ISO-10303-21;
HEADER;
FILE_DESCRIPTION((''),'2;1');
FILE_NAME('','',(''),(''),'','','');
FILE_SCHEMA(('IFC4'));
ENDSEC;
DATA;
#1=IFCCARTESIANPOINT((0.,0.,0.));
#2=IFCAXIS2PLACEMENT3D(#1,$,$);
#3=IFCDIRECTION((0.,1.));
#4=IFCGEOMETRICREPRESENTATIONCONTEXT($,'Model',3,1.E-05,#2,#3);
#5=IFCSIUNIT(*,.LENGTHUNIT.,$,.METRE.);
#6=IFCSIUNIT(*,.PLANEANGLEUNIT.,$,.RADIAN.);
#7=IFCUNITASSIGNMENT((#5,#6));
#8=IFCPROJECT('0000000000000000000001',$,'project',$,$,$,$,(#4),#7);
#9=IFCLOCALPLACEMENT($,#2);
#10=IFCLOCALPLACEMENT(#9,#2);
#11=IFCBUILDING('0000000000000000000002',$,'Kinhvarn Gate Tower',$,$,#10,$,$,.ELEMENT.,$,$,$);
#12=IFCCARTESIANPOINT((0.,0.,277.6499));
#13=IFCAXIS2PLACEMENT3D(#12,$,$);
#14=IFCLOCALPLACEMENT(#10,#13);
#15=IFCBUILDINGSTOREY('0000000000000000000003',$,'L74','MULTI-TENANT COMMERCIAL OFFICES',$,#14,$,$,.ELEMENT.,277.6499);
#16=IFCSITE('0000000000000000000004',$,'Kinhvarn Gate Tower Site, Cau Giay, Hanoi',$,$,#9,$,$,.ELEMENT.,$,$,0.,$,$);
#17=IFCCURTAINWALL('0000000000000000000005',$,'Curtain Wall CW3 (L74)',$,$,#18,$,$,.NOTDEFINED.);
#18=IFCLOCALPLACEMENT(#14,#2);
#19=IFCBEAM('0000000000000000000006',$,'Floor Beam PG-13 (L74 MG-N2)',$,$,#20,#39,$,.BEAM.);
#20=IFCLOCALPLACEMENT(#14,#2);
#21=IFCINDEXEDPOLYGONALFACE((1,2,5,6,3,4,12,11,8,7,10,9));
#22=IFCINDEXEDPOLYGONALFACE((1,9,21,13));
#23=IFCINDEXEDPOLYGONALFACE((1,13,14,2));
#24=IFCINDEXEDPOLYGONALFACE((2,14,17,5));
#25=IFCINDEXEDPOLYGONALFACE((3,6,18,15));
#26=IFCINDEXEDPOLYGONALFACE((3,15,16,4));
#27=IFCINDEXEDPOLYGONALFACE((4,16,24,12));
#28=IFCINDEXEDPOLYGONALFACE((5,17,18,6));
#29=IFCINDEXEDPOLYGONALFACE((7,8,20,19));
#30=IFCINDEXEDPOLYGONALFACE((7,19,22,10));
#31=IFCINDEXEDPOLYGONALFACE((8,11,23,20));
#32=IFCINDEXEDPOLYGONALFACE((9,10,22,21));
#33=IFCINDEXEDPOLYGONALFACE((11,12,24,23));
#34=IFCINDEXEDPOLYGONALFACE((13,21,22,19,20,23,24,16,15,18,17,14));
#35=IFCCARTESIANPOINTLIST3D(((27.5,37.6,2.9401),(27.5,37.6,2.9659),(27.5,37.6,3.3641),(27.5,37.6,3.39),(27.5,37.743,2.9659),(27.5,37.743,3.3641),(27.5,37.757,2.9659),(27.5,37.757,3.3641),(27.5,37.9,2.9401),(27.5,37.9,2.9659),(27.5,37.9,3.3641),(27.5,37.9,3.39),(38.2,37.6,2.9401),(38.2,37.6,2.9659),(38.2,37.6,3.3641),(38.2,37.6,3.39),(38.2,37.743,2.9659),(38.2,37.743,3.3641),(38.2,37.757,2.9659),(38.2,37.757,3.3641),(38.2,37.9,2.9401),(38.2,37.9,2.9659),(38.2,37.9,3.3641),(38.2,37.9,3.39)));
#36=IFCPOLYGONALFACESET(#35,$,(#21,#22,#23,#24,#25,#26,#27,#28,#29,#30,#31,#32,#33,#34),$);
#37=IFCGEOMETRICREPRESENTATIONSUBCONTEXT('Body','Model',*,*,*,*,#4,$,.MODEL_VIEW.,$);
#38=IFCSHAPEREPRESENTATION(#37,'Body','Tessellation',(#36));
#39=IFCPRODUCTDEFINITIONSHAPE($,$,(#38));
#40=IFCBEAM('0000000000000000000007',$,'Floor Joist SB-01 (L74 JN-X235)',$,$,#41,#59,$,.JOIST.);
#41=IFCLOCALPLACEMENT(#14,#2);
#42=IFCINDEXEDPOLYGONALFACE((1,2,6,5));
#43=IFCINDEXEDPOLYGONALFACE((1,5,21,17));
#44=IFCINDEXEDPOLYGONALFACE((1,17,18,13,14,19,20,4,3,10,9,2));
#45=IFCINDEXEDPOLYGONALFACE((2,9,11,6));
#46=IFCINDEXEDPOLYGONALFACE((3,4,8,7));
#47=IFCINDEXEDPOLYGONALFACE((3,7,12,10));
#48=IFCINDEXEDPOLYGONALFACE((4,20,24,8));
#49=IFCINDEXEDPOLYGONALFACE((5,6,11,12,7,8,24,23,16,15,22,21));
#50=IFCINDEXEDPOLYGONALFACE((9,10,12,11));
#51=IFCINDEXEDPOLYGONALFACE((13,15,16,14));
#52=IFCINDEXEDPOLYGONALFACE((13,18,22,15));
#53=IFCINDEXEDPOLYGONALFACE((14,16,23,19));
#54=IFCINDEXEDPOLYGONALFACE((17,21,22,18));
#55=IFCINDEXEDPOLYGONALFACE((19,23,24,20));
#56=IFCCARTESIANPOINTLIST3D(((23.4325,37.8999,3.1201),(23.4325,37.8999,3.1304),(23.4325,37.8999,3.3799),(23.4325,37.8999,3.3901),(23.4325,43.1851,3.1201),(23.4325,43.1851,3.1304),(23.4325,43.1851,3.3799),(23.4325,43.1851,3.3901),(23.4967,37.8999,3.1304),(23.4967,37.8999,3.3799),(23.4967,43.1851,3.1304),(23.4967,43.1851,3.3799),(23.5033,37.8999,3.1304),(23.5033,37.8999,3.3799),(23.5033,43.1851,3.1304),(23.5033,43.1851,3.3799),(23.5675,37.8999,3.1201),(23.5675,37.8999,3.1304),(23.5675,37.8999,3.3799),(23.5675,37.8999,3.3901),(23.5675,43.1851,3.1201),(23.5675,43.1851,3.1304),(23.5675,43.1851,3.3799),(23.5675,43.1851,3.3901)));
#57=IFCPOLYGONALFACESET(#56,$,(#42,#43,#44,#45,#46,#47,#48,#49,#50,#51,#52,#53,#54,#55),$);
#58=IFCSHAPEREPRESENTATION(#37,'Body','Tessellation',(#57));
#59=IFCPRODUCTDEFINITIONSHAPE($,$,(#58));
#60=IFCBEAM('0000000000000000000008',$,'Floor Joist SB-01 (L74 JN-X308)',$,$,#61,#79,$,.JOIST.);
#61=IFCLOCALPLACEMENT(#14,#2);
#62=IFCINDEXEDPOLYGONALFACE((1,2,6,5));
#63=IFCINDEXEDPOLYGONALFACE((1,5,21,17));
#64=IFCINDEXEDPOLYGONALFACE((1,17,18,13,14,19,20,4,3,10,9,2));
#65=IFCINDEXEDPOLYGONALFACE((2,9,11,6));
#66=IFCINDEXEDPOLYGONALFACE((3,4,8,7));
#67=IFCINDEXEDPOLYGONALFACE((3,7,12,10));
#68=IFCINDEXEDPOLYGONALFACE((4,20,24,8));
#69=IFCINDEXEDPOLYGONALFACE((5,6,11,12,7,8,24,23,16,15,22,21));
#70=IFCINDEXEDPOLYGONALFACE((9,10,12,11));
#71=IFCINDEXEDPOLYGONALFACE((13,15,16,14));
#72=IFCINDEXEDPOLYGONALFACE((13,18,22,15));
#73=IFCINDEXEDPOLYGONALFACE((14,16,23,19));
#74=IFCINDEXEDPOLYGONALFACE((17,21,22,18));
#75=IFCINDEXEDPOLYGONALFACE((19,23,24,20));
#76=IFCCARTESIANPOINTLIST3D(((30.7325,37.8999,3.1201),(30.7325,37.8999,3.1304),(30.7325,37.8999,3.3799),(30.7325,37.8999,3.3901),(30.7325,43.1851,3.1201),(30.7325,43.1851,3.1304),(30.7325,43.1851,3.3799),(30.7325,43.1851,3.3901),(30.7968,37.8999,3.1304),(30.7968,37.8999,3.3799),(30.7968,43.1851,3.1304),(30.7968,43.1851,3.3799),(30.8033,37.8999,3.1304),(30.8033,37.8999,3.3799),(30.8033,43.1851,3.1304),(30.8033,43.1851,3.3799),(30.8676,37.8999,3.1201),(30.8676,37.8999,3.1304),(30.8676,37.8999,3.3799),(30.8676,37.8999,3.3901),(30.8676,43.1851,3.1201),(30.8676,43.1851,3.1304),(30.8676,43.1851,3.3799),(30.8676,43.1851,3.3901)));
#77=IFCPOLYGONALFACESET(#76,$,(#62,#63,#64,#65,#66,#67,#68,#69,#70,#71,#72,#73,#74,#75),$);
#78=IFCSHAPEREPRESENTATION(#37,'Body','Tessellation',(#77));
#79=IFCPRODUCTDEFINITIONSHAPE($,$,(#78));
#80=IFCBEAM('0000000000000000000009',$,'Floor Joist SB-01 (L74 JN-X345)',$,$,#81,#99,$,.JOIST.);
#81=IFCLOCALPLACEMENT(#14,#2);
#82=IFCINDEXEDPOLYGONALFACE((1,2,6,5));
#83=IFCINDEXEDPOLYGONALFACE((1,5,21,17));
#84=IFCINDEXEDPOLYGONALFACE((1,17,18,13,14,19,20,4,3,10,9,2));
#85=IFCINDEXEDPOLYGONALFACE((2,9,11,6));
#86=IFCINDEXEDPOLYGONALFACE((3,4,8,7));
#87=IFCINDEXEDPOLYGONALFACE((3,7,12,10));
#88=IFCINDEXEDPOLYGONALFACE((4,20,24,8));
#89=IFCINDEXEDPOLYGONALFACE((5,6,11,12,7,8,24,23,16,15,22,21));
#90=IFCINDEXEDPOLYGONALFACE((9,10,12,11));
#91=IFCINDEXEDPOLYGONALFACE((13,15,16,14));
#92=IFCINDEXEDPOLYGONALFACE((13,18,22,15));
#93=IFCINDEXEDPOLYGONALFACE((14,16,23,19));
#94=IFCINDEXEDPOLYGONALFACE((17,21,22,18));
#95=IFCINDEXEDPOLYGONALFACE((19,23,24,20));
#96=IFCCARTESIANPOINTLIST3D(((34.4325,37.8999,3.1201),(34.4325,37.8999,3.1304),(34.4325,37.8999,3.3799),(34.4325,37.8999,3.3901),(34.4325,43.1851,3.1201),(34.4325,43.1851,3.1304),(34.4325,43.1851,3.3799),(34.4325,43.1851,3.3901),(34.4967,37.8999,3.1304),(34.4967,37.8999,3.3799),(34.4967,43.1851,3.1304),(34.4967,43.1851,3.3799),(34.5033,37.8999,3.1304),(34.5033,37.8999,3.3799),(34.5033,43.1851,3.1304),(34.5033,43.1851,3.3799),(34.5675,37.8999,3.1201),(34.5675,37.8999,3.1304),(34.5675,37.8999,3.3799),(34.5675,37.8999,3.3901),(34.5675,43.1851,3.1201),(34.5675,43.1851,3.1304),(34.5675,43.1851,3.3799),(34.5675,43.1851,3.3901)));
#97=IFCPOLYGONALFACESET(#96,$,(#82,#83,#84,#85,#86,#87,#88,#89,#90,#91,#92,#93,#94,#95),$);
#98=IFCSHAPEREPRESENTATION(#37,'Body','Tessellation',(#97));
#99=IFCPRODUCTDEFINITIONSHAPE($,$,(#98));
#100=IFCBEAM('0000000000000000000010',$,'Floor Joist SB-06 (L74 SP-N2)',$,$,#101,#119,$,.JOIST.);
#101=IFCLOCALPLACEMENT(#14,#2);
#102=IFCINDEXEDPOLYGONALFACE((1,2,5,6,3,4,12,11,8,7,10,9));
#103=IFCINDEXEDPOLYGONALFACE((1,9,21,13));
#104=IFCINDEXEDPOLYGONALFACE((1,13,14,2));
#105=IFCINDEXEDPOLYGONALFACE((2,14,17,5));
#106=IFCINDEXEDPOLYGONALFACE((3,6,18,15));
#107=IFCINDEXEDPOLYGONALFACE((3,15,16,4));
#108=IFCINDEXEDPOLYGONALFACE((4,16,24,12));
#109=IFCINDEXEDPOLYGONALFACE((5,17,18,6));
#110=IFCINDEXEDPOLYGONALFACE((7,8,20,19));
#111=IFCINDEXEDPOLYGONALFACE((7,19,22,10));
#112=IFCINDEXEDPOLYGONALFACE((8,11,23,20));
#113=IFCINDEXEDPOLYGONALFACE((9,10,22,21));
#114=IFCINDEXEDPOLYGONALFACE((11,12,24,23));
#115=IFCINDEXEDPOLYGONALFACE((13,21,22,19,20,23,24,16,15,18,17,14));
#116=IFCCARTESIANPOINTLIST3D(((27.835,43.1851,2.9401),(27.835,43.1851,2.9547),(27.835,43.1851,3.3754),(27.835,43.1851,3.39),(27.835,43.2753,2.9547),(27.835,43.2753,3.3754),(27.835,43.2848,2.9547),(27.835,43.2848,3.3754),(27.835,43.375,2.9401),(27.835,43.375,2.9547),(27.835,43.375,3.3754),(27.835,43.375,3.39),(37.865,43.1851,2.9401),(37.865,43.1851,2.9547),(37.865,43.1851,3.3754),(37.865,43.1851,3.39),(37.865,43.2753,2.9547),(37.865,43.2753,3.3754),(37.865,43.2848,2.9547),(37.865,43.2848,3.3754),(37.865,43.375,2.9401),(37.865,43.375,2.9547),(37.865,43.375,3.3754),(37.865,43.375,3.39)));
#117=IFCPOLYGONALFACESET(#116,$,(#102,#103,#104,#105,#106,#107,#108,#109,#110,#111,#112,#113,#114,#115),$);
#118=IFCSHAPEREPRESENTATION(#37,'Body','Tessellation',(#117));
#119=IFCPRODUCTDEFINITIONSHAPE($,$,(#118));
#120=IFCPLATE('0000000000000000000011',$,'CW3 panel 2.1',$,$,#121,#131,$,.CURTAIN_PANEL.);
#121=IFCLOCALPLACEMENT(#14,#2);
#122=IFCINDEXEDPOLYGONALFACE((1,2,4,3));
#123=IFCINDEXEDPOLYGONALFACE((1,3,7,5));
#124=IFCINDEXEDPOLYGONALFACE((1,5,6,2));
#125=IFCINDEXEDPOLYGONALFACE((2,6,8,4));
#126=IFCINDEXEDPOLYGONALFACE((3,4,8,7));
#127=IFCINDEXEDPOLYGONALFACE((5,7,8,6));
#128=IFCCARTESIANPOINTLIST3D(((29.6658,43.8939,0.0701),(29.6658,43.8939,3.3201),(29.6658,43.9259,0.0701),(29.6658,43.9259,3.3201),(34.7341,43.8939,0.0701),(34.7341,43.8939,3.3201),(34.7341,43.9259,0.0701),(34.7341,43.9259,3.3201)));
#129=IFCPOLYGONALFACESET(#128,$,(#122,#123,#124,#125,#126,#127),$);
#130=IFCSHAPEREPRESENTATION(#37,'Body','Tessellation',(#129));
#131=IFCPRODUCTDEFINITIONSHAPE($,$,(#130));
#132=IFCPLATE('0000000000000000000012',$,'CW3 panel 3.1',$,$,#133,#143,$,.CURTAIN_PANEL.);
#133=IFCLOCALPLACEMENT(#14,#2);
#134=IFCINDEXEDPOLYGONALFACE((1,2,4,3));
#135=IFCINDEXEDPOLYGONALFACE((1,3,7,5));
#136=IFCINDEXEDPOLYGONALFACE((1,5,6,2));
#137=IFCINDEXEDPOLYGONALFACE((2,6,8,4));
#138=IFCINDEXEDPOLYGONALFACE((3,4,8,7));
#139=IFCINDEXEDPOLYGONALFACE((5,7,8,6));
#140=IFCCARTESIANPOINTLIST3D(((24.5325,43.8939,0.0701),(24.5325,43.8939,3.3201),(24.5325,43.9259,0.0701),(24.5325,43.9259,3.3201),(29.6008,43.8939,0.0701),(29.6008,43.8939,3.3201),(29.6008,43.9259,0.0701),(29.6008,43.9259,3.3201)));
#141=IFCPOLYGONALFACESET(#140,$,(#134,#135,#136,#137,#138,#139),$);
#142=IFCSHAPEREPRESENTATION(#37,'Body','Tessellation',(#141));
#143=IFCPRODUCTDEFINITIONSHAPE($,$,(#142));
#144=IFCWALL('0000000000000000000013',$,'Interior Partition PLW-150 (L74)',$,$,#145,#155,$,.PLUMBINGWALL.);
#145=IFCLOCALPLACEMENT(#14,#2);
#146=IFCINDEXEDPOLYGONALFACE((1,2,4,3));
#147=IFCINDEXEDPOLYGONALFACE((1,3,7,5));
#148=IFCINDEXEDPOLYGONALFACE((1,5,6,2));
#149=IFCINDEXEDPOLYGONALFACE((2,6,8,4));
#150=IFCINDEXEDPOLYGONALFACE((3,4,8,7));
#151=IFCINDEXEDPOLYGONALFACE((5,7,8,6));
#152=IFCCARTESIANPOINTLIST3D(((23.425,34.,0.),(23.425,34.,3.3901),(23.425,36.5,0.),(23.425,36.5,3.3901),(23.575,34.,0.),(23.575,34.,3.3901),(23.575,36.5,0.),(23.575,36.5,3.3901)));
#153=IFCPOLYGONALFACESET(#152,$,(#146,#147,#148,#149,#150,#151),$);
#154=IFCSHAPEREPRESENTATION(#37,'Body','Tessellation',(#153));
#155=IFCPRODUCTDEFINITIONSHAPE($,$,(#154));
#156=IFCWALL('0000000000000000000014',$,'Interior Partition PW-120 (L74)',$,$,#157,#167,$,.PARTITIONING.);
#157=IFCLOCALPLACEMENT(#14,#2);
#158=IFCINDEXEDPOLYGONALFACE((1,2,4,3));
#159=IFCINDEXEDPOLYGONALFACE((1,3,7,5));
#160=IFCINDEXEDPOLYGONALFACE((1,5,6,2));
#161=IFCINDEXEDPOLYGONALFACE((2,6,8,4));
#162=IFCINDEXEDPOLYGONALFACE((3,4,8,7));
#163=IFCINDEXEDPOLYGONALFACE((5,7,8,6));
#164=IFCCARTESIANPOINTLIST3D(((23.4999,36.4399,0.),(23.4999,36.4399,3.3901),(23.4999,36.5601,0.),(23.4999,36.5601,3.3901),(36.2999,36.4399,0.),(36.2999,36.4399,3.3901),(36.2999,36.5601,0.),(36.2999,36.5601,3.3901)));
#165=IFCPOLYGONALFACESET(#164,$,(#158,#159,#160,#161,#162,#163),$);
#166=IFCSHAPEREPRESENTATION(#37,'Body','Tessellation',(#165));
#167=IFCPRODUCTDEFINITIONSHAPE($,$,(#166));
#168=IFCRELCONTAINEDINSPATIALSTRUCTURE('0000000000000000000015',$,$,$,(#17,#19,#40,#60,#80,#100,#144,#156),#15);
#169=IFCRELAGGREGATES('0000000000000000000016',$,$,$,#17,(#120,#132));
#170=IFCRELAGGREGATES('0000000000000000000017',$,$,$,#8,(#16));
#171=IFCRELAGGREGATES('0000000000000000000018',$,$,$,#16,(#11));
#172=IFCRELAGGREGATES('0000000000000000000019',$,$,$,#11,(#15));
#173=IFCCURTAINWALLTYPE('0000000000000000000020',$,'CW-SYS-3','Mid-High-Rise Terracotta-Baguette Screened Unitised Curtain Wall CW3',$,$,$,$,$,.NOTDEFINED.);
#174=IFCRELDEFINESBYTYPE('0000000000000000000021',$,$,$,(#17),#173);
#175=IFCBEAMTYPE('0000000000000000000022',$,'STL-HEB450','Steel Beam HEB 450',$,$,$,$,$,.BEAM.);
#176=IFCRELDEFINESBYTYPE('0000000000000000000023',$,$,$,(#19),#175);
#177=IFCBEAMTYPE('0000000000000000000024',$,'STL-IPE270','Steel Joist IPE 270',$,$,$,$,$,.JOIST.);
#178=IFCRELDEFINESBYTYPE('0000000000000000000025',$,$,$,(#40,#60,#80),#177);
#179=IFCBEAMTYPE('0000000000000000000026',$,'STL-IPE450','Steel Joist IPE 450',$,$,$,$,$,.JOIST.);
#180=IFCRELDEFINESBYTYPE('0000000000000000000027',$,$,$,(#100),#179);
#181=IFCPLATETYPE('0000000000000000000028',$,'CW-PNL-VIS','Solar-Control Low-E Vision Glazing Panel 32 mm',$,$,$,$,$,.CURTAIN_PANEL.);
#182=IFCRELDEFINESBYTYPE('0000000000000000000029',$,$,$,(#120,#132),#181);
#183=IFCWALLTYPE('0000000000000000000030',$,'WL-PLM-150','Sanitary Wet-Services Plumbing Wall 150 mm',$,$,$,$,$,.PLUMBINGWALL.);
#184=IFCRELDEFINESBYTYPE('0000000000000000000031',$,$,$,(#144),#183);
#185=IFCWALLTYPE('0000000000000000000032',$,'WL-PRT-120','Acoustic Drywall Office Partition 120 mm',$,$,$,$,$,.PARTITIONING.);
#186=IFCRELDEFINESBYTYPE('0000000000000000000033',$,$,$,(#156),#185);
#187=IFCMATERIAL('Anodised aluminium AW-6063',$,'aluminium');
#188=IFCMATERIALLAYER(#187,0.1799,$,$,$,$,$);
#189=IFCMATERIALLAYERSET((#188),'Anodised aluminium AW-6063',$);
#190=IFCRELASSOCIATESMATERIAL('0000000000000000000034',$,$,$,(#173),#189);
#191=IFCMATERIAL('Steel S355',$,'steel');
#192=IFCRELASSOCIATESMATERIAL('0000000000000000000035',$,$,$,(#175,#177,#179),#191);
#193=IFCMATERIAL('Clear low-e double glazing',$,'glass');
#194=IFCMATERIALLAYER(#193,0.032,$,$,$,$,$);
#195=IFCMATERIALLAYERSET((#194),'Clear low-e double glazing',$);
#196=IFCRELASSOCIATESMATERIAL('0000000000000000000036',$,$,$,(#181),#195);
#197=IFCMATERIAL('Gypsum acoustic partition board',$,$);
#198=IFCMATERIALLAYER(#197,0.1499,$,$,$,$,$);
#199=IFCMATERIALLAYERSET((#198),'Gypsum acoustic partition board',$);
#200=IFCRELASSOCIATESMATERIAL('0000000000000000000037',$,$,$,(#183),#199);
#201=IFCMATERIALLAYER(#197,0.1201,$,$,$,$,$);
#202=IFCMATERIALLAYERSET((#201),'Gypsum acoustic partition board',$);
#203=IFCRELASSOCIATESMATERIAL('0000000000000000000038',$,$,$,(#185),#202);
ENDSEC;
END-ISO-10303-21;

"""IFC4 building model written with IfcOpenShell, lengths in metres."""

from ifc_helpers import new_model, si_unit, direction, frame, frame_2d, origin, origin_2d, place, context, subcontext, project, spatial, rectangle, i_section, extrude, material, layer, layer_set, material_profile, profile_set, type_object, element, aggregate, save


model = new_model("IFC4")

# Units and contexts
model_context = context("Model", 3, precision=1e-05, world=origin(), true_north=direction((0.0, 1.0)))
body_context = subcontext(model_context, "Body", "Model", "MODEL_VIEW")
ifc_project = project(units=[si_unit("LENGTHUNIT", "METRE"), si_unit("PLANEANGLEUNIT", "RADIAN")], contexts=[model_context])

# Site, building, storey
site_placement = place(None, origin())
site = spatial("IfcSite", under=ifc_project, at=site_placement, Name="Kinhvarn Gate Tower Site, Cau Giay, Hanoi", CompositionType="ELEMENT", RefElevation=0.0)
building_placement = place(site_placement, origin())
building = spatial("IfcBuilding", under=site, at=building_placement, Name="Kinhvarn Gate Tower", CompositionType="ELEMENT")
storey_placement = place(building_placement, frame((0.0, 0.0, 277.6499)))
storey = spatial("IfcBuildingStorey", under=building, at=storey_placement, Name="L74", Description="MULTI-TENANT COMMERCIAL OFFICES", CompositionType="ELEMENT", Elevation=277.6499)

# Curtain wall
ifc_material_1 = material(Name="Anodised aluminium AW-6063", Category="aluminium")
ifc_layer_1 = layer(ifc_material_1, 0.1799)
ifc_layer_set_1 = layer_set([ifc_layer_1], Name="Anodised aluminium AW-6063")
curtain_wall_type = type_object("IfcCurtainWallType", Name="CW-SYS-3", Description="Mid-High-Rise Terracotta-Baguette Screened Unitised Curtain Wall CW3", PredefinedType="NOTDEFINED", material=ifc_layer_set_1)
curtain_wall_placement = place(storey_placement, origin())
curtain_wall = element("IfcCurtainWall", 1, at=curtain_wall_placement, inside=storey, type_object=curtain_wall_type, Name="Curtain Wall CW3 (L74)", PredefinedType="NOTDEFINED")

# Beams
ifc_material_2 = material(Name="Steel S355", Category="steel")
ifc_material_profile_1 = material_profile(ifc_material_2, i_section(OverallWidth=0.3, OverallDepth=0.45, WebThickness=0.0139, FlangeThickness=0.0259, at=origin_2d()), Name="HEB 450")
ifc_profile_set_1 = profile_set([ifc_material_profile_1], Name="Steel S355")
beam_type_1 = type_object("IfcBeamType", Name="STL-HEB450", Description="Steel Beam HEB 450", PredefinedType="BEAM", material=ifc_profile_set_1)
beam_1_placement = place(storey_placement, frame((27.5, 37.75, 3.165), z_axis=(1.0, 0.0, 0.0), x_axis=(0.0, 1.0, 0.0)))
element("IfcBeam", 2, at=beam_1_placement, inside=storey, type_object=beam_type_1, Name="Floor Beam PG-13 (L74 MG-N2)", PredefinedType="BEAM", context=body_context, shape_type="SweptSolid", body=[
    extrude(i_section(OverallWidth=0.3, OverallDepth=0.45, WebThickness=0.0139, FlangeThickness=0.0259, at=origin_2d()), origin(), (0.0, 0.0, 1.0), 10.7),
])
ifc_material_profile_2 = material_profile(ifc_material_2, i_section(OverallWidth=0.135, OverallDepth=0.27, WebThickness=0.0066, FlangeThickness=0.0103, at=origin_2d()), Name="IPE 270")
ifc_profile_set_2 = profile_set([ifc_material_profile_2], Name="Steel S355")
beam_type_2 = type_object("IfcBeamType", Name="STL-IPE270", Description="Steel Joist IPE 270", PredefinedType="JOIST", material=ifc_profile_set_2)
for number, where, z_axis, x_axis, name in (
    (3, (23.5, 37.8999, 3.2551), (0.0, 1.0, 0.0), (-1.0, 0.0, 0.0), "Floor Joist SB-01 (L74 JN-X235)"),
    (4, (30.8, 37.8999, 3.2551), (0.0, 1.0, 0.0), (-1.0, 0.0, 0.0), "Floor Joist SB-01 (L74 JN-X308)"),
    (5, (34.5, 37.8999, 3.2551), (0.0, 1.0, 0.0), (-1.0, 0.0, 0.0), "Floor Joist SB-01 (L74 JN-X345)"),
):
    element("IfcBeam", number, at=place(storey_placement, frame(where, z_axis=z_axis, x_axis=x_axis)), inside=storey, type_object=beam_type_2, Name=name, PredefinedType="JOIST", context=body_context, shape_type="SweptSolid", body=[
        extrude(i_section(OverallWidth=0.135, OverallDepth=0.27, WebThickness=0.0066, FlangeThickness=0.0103, at=origin_2d()), origin(), (0.0, 0.0, 1.0), 5.2852),
    ])
ifc_material_profile_3 = material_profile(ifc_material_2, i_section(OverallWidth=0.1899, OverallDepth=0.45, WebThickness=0.0095, FlangeThickness=0.0146, at=origin_2d()), Name="IPE 450")
ifc_profile_set_3 = profile_set([ifc_material_profile_3], Name="Steel S355")
beam_type_3 = type_object("IfcBeamType", Name="STL-IPE450", Description="Steel Joist IPE 450", PredefinedType="JOIST", material=ifc_profile_set_3)
beam_2_placement = place(storey_placement, frame((27.835, 43.28, 3.165), z_axis=(1.0, 0.0, 0.0), x_axis=(0.0, 1.0, 0.0)))
element("IfcBeam", 6, at=beam_2_placement, inside=storey, type_object=beam_type_3, Name="Floor Joist SB-06 (L74 SP-N2)", PredefinedType="JOIST", context=body_context, shape_type="SweptSolid", body=[
    extrude(i_section(OverallWidth=0.1899, OverallDepth=0.45, WebThickness=0.0095, FlangeThickness=0.0146, at=origin_2d()), origin(), (0.0, 0.0, 1.0), 10.03),
])

# Plates
ifc_material_3 = material(Name="Clear low-e double glazing", Category="glass")
ifc_layer_2 = layer(ifc_material_3, 0.032)
ifc_layer_set_2 = layer_set([ifc_layer_2], Name="Clear low-e double glazing")
plate_type = type_object("IfcPlateType", Name="CW-PNL-VIS", Description="Solar-Control Low-E Vision Glazing Panel 32 mm", PredefinedType="CURTAIN_PANEL", material=ifc_layer_set_2)
plate_1_placement = place(storey_placement, frame((32.2, 43.9099, 0.0701), z_axis=(0.0, 0.0, 1.0), x_axis=(-1.0, 0.0, 0.0)))
plate_1 = element("IfcPlate", 7, at=plate_1_placement, type_object=plate_type, Name="CW3 panel 2.1", PredefinedType="CURTAIN_PANEL", context=body_context, shape_type="SweptSolid", body=[
    extrude(rectangle(XDim=5.0684, YDim=0.032, at=origin_2d()), origin(), (0.0, 0.0, 1.0), 3.25),
])
plate_2_placement = place(storey_placement, frame((27.0667, 43.9099, 0.0701), z_axis=(0.0, 0.0, 1.0), x_axis=(-1.0, 0.0, 0.0)))
plate_2 = element("IfcPlate", 8, at=plate_2_placement, type_object=plate_type, Name="CW3 panel 3.1", PredefinedType="CURTAIN_PANEL", context=body_context, shape_type="SweptSolid", body=[
    extrude(rectangle(XDim=5.0684, YDim=0.032, at=origin_2d()), origin(), (0.0, 0.0, 1.0), 3.25),
])
aggregate(curtain_wall, [plate_1, plate_2])

# Walls
ifc_material_4 = material(Name="Gypsum acoustic partition board")
ifc_layer_3 = layer(ifc_material_4, 0.1499)
ifc_layer_set_3 = layer_set([ifc_layer_3], Name="Gypsum acoustic partition board")
wall_type_1 = type_object("IfcWallType", Name="WL-PLM-150", Description="Sanitary Wet-Services Plumbing Wall 150 mm", PredefinedType="PLUMBINGWALL", material=ifc_layer_set_3)
wall_1_placement = place(storey_placement, frame((23.5, 34.0, 0.0), z_axis=(0.0, 0.0, 1.0), x_axis=(0.0, 1.0, 0.0)))
element("IfcWall", 9, at=wall_1_placement, inside=storey, type_object=wall_type_1, Name="Interior Partition PLW-150 (L74)", PredefinedType="PLUMBINGWALL", context=body_context, shape_type="SweptSolid", body=[
    extrude(rectangle(XDim=2.5, YDim=0.1499, at=frame_2d((1.25, 0.0))), origin(), (0.0, 0.0, 1.0), 3.3901),
])
ifc_layer_4 = layer(ifc_material_4, 0.1201)
ifc_layer_set_4 = layer_set([ifc_layer_4], Name="Gypsum acoustic partition board")
wall_type_2 = type_object("IfcWallType", Name="WL-PRT-120", Description="Acoustic Drywall Office Partition 120 mm", PredefinedType="PARTITIONING", material=ifc_layer_set_4)
wall_2_placement = place(storey_placement, frame((23.5, 36.5, 0.0), z_axis=(0.0, 0.0, 1.0), x_axis=(1.0, 0.0, 0.0)))
element("IfcWall", 10, at=wall_2_placement, inside=storey, type_object=wall_type_2, Name="Interior Partition PW-120 (L74)", PredefinedType="PARTITIONING", context=body_context, shape_type="SweptSolid", body=[
    extrude(rectangle(XDim=12.8, YDim=0.1201, at=frame_2d((6.3999, 0.0))), origin(), (0.0, 0.0, 1.0), 3.3901),
])

save(model, "model.ifc")
